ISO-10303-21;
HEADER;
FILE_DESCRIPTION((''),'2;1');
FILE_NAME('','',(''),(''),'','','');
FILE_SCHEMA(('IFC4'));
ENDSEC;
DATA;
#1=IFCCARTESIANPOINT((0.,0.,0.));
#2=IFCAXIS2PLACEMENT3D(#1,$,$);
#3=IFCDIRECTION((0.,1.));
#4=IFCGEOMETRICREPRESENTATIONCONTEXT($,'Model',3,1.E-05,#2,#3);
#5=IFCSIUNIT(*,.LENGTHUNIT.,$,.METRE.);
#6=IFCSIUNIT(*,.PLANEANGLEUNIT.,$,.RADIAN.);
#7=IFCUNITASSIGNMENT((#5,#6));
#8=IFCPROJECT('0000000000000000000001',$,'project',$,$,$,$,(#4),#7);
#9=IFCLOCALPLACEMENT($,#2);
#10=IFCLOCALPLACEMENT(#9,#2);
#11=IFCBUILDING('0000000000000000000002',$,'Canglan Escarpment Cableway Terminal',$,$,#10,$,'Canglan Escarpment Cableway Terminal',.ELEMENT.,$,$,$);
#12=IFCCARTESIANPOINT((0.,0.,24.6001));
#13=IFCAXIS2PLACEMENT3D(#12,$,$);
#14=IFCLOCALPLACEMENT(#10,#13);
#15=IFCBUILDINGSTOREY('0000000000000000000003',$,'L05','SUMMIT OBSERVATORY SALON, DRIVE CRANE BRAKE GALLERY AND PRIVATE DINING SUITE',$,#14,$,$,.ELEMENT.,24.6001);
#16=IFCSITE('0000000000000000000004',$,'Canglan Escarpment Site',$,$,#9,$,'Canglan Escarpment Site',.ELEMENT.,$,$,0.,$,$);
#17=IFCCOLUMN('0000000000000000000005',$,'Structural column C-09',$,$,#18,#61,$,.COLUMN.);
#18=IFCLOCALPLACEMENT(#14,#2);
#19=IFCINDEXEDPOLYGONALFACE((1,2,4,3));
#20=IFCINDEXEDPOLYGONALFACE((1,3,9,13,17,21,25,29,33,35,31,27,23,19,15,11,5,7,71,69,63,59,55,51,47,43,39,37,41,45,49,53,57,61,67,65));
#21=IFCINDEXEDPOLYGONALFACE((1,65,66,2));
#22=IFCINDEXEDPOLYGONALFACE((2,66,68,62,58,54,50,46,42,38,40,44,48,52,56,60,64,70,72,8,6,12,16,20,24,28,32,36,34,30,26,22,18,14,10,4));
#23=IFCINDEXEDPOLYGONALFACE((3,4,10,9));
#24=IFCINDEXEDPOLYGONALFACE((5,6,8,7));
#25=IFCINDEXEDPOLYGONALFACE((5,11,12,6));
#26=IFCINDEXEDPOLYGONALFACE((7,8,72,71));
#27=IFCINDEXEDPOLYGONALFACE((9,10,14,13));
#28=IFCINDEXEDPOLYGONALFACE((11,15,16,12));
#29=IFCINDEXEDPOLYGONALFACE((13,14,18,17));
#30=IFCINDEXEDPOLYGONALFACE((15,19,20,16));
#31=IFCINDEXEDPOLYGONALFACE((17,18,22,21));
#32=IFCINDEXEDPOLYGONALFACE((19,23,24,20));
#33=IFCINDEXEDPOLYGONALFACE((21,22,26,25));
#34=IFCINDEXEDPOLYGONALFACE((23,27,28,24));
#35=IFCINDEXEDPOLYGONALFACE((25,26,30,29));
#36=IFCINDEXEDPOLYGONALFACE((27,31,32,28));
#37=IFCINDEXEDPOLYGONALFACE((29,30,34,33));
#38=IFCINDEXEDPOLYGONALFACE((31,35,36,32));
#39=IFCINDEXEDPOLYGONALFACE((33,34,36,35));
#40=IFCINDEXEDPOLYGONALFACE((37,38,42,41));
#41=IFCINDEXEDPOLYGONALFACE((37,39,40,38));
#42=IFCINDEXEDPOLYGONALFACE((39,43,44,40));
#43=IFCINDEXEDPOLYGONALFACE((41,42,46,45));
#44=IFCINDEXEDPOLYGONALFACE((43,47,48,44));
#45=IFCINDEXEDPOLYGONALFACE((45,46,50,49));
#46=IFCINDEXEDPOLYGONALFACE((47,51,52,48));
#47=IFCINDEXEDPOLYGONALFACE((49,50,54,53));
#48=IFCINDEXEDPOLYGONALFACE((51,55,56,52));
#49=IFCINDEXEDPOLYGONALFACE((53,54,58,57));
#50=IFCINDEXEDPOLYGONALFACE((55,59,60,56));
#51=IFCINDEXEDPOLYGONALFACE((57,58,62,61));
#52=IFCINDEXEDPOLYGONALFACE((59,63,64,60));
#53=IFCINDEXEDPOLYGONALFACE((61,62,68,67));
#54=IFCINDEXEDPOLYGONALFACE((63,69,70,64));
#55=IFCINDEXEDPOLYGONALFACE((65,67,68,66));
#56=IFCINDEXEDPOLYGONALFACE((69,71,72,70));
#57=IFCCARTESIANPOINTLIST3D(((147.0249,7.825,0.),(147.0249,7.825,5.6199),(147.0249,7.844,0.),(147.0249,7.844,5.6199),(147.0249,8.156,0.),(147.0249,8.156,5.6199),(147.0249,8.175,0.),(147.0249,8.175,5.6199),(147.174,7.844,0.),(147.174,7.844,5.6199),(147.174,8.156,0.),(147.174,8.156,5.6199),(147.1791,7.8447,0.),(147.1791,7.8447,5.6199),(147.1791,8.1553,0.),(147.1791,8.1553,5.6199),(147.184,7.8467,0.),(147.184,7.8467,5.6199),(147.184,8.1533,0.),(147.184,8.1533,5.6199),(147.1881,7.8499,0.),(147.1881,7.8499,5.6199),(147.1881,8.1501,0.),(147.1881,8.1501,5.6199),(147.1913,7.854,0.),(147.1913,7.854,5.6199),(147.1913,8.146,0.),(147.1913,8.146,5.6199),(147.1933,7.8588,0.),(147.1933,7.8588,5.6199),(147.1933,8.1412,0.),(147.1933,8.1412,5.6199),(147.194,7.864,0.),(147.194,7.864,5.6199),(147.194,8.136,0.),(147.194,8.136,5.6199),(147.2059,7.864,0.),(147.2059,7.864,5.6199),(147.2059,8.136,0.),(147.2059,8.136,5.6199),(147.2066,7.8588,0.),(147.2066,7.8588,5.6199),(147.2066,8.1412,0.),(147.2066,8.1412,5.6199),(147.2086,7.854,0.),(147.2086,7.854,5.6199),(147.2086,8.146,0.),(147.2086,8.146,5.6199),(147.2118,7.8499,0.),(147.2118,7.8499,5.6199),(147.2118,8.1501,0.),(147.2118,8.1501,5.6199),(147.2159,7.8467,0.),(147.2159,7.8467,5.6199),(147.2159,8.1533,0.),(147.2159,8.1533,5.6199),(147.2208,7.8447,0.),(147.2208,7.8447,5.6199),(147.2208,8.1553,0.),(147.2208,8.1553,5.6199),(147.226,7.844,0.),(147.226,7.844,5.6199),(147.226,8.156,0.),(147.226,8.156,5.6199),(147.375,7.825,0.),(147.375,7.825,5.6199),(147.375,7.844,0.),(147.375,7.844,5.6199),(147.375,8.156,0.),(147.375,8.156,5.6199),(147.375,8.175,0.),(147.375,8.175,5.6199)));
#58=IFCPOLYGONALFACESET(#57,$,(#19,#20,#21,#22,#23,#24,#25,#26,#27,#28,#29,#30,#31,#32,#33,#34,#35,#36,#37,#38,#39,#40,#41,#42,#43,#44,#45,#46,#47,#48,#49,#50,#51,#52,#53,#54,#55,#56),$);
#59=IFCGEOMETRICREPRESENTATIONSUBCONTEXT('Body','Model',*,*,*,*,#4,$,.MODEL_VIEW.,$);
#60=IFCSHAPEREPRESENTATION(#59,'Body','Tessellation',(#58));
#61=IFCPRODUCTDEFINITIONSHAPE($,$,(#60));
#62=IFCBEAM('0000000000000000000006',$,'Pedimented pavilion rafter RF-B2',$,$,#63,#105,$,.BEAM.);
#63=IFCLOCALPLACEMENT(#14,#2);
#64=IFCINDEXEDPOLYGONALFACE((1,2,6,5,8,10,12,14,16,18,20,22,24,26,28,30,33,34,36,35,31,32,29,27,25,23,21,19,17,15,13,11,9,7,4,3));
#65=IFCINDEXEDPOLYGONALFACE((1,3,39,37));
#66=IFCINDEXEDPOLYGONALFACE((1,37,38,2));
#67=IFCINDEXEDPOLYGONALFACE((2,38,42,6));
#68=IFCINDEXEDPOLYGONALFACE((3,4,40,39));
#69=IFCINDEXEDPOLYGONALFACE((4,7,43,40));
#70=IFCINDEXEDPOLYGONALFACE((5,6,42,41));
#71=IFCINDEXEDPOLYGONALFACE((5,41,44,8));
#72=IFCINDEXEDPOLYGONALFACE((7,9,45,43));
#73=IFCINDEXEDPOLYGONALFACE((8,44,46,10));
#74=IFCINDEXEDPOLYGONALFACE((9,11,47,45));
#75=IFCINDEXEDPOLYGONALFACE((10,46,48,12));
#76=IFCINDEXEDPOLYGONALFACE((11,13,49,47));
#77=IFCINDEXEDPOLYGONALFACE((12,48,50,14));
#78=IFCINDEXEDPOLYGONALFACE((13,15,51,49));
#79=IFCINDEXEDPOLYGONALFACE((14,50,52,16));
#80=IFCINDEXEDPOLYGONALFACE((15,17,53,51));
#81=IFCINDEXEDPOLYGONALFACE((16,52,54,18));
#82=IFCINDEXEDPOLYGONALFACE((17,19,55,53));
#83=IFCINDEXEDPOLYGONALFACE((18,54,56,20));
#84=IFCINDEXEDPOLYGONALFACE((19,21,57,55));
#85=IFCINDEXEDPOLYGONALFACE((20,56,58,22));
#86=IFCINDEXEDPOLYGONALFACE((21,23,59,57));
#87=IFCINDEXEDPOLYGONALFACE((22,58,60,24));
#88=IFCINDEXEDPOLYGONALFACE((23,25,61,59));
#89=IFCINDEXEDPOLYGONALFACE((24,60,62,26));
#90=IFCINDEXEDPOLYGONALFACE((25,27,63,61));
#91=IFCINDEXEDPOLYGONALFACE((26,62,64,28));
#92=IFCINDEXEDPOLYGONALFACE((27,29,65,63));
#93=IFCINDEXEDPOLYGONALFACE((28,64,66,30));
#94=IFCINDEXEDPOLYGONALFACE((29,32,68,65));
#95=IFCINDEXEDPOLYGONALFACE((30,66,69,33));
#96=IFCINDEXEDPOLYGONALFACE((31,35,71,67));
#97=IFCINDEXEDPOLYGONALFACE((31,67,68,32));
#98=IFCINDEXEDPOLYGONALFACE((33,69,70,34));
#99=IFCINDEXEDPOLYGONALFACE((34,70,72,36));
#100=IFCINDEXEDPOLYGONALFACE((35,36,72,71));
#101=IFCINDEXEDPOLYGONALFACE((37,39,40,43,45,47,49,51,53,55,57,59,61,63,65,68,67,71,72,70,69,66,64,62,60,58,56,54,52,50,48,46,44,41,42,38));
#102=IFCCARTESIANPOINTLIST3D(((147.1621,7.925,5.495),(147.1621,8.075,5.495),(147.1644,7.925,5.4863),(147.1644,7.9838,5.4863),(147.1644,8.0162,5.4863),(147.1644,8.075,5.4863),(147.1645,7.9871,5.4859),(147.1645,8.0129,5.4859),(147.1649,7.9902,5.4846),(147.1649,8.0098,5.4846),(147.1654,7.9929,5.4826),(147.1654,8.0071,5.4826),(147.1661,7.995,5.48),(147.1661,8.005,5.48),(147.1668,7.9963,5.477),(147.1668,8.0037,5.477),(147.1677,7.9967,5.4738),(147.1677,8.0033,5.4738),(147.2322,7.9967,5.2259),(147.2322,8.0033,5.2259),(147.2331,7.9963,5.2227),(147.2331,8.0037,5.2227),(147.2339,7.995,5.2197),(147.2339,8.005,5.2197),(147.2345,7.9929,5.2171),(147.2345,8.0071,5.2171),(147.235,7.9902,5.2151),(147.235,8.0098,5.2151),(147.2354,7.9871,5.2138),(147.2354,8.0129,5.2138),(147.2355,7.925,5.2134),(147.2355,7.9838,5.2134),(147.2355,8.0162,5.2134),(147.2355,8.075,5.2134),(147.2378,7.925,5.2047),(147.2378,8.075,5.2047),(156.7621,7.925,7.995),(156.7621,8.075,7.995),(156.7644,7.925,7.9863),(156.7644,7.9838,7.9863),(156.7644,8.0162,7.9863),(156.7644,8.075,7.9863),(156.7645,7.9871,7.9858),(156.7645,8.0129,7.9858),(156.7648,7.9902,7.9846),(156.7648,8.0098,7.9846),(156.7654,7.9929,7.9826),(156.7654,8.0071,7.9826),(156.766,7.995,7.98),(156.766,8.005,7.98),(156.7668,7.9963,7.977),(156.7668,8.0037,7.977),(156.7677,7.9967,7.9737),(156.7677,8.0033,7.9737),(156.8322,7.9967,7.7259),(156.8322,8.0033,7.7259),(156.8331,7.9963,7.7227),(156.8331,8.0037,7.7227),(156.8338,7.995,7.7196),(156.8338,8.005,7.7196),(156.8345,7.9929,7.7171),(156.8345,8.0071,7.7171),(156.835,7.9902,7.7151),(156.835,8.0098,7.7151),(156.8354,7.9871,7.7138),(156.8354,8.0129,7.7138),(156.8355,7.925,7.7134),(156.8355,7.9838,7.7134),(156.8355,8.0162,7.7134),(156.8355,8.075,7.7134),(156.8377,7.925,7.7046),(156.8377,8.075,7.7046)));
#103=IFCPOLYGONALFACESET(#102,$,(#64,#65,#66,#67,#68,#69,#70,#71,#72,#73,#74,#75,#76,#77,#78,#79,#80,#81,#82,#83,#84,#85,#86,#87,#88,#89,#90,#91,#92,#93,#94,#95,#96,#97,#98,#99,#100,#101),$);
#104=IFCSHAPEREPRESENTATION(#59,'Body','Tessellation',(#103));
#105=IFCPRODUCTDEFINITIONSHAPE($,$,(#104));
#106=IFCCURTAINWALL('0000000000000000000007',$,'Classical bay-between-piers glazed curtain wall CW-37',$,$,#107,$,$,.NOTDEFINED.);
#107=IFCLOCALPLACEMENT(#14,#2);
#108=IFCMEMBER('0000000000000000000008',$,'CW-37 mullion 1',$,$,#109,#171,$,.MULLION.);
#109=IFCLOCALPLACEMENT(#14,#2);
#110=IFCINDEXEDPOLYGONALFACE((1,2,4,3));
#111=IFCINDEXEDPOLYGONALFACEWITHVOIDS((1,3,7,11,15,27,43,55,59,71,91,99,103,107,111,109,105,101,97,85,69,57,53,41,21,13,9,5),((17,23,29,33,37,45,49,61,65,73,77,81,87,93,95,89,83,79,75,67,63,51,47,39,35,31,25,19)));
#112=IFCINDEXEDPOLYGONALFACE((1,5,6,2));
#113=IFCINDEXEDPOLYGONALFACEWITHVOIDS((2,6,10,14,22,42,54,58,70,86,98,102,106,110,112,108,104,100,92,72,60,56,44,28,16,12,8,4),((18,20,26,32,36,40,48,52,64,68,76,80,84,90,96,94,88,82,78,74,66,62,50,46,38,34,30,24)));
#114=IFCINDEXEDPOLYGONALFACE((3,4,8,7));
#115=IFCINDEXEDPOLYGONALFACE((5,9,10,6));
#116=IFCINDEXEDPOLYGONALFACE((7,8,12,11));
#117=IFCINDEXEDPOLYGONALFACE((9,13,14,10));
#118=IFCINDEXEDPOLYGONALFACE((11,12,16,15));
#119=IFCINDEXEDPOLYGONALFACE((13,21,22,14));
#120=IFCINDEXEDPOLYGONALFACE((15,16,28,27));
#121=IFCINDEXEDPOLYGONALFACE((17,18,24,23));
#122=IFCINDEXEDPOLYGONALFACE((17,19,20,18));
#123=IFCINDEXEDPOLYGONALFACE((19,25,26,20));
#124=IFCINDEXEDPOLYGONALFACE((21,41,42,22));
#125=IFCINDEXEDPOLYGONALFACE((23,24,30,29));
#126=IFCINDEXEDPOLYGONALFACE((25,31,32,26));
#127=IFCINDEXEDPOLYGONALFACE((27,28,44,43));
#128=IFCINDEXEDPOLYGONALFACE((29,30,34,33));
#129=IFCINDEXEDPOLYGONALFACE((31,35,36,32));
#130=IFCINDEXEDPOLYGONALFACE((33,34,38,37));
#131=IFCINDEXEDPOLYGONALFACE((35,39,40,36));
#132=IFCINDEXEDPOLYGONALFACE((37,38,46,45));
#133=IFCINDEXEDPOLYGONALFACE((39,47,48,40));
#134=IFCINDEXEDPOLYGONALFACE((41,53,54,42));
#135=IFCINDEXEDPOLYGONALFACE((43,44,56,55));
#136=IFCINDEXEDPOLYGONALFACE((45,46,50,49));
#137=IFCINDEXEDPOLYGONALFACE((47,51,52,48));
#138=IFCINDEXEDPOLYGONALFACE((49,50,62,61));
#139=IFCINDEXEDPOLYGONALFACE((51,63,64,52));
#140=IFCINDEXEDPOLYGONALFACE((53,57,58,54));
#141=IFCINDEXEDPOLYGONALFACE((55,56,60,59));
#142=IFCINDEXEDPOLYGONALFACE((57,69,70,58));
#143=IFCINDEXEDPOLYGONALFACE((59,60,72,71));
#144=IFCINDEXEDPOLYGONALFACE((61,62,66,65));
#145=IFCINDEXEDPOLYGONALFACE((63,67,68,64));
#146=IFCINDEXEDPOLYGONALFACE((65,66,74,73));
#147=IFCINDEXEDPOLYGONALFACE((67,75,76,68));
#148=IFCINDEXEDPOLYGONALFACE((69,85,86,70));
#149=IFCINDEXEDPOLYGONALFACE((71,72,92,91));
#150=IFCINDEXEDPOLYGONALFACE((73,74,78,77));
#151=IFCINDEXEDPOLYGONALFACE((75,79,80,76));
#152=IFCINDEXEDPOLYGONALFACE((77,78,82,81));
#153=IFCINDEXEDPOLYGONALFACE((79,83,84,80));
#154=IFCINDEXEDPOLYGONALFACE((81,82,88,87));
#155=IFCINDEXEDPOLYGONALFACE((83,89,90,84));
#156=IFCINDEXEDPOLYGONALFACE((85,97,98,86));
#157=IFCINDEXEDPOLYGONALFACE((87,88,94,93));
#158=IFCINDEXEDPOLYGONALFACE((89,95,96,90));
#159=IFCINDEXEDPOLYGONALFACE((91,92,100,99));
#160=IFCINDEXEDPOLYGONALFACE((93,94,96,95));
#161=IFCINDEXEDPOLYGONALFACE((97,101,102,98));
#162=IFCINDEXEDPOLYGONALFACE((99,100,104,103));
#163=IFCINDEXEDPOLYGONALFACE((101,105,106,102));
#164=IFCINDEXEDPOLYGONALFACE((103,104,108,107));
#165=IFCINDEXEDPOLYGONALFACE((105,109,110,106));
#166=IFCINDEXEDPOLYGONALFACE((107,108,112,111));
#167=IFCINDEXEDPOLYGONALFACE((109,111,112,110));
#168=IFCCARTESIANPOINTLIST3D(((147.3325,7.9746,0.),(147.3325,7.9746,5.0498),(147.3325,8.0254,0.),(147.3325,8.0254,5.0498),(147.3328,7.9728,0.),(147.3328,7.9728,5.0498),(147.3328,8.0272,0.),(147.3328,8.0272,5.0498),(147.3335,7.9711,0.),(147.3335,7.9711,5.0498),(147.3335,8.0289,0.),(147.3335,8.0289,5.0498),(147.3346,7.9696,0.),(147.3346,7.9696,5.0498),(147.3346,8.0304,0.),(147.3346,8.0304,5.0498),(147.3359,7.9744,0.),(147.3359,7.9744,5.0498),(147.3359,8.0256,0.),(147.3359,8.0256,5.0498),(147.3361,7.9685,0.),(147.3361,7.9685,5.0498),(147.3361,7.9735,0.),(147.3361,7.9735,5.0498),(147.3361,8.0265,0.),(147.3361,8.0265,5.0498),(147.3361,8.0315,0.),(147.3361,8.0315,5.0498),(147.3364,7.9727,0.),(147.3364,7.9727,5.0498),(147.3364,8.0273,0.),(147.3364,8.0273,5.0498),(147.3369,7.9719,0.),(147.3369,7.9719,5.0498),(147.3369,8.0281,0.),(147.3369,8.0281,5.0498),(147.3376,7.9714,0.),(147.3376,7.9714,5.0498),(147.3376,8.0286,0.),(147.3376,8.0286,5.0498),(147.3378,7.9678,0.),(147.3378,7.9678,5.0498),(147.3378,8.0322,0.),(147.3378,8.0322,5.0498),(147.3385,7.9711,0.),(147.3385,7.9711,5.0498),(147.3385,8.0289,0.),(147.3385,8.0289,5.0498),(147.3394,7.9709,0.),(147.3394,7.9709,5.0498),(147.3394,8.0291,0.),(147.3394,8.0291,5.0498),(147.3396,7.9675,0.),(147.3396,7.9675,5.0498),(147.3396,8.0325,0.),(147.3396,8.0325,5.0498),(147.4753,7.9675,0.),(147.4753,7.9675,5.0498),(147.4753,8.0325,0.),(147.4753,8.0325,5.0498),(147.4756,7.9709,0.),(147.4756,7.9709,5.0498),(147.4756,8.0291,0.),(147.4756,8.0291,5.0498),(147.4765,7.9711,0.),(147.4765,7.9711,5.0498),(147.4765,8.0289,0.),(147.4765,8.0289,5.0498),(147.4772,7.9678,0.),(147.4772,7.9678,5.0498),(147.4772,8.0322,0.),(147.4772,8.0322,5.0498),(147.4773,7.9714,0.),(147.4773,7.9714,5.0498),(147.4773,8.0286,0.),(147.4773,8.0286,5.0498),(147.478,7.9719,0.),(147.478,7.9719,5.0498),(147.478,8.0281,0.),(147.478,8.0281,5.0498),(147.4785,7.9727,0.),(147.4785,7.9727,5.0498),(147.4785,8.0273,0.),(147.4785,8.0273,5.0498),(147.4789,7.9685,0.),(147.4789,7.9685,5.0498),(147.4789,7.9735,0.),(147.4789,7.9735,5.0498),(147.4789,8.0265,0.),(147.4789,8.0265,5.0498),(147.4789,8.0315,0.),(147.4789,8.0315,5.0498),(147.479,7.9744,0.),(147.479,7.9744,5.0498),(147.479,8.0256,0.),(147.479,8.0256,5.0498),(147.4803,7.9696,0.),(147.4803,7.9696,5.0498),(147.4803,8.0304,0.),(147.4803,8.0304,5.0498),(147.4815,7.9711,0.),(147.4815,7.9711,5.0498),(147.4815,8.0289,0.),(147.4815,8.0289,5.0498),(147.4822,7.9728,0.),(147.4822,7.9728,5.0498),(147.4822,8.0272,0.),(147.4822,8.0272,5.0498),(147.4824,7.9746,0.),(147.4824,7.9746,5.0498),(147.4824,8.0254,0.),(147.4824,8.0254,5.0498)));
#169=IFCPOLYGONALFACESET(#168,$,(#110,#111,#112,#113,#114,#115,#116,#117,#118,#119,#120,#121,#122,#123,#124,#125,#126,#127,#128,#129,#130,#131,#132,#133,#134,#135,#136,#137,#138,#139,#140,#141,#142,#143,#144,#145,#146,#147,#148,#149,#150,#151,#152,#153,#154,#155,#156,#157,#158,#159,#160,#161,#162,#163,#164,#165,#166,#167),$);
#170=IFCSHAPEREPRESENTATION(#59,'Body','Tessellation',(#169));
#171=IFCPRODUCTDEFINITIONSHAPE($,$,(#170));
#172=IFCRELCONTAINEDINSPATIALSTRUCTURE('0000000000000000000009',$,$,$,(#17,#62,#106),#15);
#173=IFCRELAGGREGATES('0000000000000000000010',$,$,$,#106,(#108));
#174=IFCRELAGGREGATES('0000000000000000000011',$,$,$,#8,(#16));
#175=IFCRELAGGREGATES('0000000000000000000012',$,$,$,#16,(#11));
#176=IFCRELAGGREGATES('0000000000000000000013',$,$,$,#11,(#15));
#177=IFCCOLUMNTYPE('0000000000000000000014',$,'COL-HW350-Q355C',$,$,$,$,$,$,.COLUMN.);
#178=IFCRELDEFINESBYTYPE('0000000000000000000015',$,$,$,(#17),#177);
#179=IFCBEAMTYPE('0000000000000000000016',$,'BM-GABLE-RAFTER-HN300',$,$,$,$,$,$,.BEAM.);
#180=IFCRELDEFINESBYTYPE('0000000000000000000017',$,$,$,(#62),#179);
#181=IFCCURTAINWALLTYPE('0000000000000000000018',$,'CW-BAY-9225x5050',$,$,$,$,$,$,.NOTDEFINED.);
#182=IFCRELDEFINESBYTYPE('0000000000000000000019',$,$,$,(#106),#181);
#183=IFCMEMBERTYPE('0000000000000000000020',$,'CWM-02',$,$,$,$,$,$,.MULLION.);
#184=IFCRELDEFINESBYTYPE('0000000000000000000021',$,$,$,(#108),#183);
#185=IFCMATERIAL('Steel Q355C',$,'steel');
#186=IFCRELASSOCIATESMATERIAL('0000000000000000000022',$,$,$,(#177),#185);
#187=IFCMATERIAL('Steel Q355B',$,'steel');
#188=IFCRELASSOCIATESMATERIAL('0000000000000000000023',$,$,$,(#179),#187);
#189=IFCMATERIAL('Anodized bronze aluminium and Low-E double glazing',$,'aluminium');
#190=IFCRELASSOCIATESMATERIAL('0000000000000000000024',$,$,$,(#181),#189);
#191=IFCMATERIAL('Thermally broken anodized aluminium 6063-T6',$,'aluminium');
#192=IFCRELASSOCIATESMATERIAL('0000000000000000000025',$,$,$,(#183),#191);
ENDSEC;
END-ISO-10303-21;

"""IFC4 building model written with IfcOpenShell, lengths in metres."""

from ifc_helpers import new_model, si_unit, direction, frame, origin, origin_2d, place, context, subcontext, project, spatial, hollow_rectangle, i_section, extrude, material, material_profile, profile_set, type_object, element, aggregate, save


model = new_model("IFC4")

# Units and contexts
model_context = context("Model", 3, precision=1e-05, world=origin(), true_north=direction((0.0, 1.0)))
body_context = subcontext(model_context, "Body", "Model", "MODEL_VIEW")
ifc_project = project(units=[si_unit("LENGTHUNIT", "METRE"), si_unit("PLANEANGLEUNIT", "RADIAN")], contexts=[model_context])

# Site, building, storey
site_placement = place(None, origin())
site = spatial("IfcSite", under=ifc_project, at=site_placement, Name="Canglan Escarpment Site", LongName="Canglan Escarpment Site", CompositionType="ELEMENT", RefElevation=0.0)
building_placement = place(site_placement, origin())
building = spatial("IfcBuilding", under=site, at=building_placement, Name="Canglan Escarpment Cableway Terminal", LongName="Canglan Escarpment Cableway Terminal", CompositionType="ELEMENT")
storey_placement = place(building_placement, frame((0.0, 0.0, 24.6001)))
storey = spatial("IfcBuildingStorey", under=building, at=storey_placement, Name="L05", Description="SUMMIT OBSERVATORY SALON, DRIVE CRANE BRAKE GALLERY AND PRIVATE DINING SUITE", CompositionType="ELEMENT", Elevation=24.6001)

# Column
ifc_material_1 = material(Name="Steel Q355C", Category="steel")
ifc_material_profile_1 = material_profile(ifc_material_1, i_section(OverallWidth=0.3501, OverallDepth=0.3501, WebThickness=0.012, FlangeThickness=0.019, FilletRadius=0.02, at=origin_2d()), Name="HW 350x350x12x19")
ifc_profile_set_1 = profile_set([ifc_material_profile_1], Name="Steel Q355C")
column_type = type_object("IfcColumnType", Name="COL-HW350-Q355C", PredefinedType="COLUMN", material=ifc_profile_set_1)
column_placement = place(storey_placement, frame((147.2, 8.0, 0.0), z_axis=(0.0, 0.0, 1.0), x_axis=(1.0, 0.0, 0.0)))
element("IfcColumn", 1, at=column_placement, inside=storey, type_object=column_type, Name="Structural column C-09", PredefinedType="COLUMN", context=body_context, shape_type="SweptSolid", body=[
    extrude(i_section(OverallWidth=0.3501, OverallDepth=0.3501, WebThickness=0.012, FlangeThickness=0.019, FilletRadius=0.02, at=origin_2d()), origin(), (0.0, 0.0, 1.0), 5.6199),
])

# Beam
ifc_material_2 = material(Name="Steel Q355B", Category="steel")
ifc_material_profile_2 = material_profile(ifc_material_2, i_section(OverallWidth=0.1499, OverallDepth=0.3, WebThickness=0.0066, FlangeThickness=0.009, FilletRadius=0.0129, at=origin_2d()), Name="HN 300x150x6.5x9")
ifc_profile_set_2 = profile_set([ifc_material_profile_2], Name="Steel Q355B")
beam_type = type_object("IfcBeamType", Name="BM-GABLE-RAFTER-HN300", PredefinedType="BEAM", material=ifc_profile_set_2)
beam_placement = place(storey_placement, frame((147.2, 8.0, 5.3499), z_axis=(0.967725, 0.0, 0.252009), x_axis=(0.0, 1.0, 0.0)))
element("IfcBeam", 2, at=beam_placement, inside=storey, type_object=beam_type, Name="Pedimented pavilion rafter RF-B2", PredefinedType="BEAM", context=body_context, shape_type="SweptSolid", body=[
    extrude(i_section(OverallWidth=0.1499, OverallDepth=0.3, WebThickness=0.0066, FlangeThickness=0.009, FilletRadius=0.0129, at=origin_2d()), origin(), (0.0, 0.0, 1.0), 9.9202),
])

# Curtain wall, member
ifc_material_3 = material(Name="Anodized bronze aluminium and Low-E double glazing", Category="aluminium")
curtain_wall_type = type_object("IfcCurtainWallType", Name="CW-BAY-9225x5050", PredefinedType="NOTDEFINED", material=ifc_material_3)
curtain_wall_placement = place(storey_placement, origin())
curtain_wall = element("IfcCurtainWall", 3, at=curtain_wall_placement, inside=storey, type_object=curtain_wall_type, Name="Classical bay-between-piers glazed curtain wall CW-37", PredefinedType="NOTDEFINED")
ifc_material_4 = material(Name="Thermally broken anodized aluminium 6063-T6", Category="aluminium")
ifc_material_profile_3 = material_profile(ifc_material_4, hollow_rectangle(XDim=0.0649, YDim=0.1499, WallThickness=0.0034, InnerFilletRadius=0.0034, OuterFilletRadius=0.0071, at=origin_2d()), Name="ALU-MULL 65x150x3.5")
ifc_profile_set_3 = profile_set([ifc_material_profile_3], Name="Thermally broken anodized aluminium 6063-T6")
member_type_1 = type_object("IfcMemberType", Name="CWM-02", PredefinedType="MULLION", material=ifc_profile_set_3)
member_1_placement = place(storey_placement, frame((147.4075, 8.0, 0.0), z_axis=(0.0, 0.0, 1.0), x_axis=(0.0, 1.0, 0.0)))
member_1 = element("IfcMember", 4, at=member_1_placement, type_object=member_type_1, Name="CW-37 mullion 1", PredefinedType="MULLION", context=body_context, shape_type="SweptSolid", body=[
    extrude(hollow_rectangle(XDim=0.0649, YDim=0.1499, WallThickness=0.0034, InnerFilletRadius=0.0034, OuterFilletRadius=0.0071, at=origin_2d()), origin(), (0.0, 0.0, 1.0), 5.0498),
])

aggregate(curtain_wall, [member_1])

save(model, "model.ifc")
